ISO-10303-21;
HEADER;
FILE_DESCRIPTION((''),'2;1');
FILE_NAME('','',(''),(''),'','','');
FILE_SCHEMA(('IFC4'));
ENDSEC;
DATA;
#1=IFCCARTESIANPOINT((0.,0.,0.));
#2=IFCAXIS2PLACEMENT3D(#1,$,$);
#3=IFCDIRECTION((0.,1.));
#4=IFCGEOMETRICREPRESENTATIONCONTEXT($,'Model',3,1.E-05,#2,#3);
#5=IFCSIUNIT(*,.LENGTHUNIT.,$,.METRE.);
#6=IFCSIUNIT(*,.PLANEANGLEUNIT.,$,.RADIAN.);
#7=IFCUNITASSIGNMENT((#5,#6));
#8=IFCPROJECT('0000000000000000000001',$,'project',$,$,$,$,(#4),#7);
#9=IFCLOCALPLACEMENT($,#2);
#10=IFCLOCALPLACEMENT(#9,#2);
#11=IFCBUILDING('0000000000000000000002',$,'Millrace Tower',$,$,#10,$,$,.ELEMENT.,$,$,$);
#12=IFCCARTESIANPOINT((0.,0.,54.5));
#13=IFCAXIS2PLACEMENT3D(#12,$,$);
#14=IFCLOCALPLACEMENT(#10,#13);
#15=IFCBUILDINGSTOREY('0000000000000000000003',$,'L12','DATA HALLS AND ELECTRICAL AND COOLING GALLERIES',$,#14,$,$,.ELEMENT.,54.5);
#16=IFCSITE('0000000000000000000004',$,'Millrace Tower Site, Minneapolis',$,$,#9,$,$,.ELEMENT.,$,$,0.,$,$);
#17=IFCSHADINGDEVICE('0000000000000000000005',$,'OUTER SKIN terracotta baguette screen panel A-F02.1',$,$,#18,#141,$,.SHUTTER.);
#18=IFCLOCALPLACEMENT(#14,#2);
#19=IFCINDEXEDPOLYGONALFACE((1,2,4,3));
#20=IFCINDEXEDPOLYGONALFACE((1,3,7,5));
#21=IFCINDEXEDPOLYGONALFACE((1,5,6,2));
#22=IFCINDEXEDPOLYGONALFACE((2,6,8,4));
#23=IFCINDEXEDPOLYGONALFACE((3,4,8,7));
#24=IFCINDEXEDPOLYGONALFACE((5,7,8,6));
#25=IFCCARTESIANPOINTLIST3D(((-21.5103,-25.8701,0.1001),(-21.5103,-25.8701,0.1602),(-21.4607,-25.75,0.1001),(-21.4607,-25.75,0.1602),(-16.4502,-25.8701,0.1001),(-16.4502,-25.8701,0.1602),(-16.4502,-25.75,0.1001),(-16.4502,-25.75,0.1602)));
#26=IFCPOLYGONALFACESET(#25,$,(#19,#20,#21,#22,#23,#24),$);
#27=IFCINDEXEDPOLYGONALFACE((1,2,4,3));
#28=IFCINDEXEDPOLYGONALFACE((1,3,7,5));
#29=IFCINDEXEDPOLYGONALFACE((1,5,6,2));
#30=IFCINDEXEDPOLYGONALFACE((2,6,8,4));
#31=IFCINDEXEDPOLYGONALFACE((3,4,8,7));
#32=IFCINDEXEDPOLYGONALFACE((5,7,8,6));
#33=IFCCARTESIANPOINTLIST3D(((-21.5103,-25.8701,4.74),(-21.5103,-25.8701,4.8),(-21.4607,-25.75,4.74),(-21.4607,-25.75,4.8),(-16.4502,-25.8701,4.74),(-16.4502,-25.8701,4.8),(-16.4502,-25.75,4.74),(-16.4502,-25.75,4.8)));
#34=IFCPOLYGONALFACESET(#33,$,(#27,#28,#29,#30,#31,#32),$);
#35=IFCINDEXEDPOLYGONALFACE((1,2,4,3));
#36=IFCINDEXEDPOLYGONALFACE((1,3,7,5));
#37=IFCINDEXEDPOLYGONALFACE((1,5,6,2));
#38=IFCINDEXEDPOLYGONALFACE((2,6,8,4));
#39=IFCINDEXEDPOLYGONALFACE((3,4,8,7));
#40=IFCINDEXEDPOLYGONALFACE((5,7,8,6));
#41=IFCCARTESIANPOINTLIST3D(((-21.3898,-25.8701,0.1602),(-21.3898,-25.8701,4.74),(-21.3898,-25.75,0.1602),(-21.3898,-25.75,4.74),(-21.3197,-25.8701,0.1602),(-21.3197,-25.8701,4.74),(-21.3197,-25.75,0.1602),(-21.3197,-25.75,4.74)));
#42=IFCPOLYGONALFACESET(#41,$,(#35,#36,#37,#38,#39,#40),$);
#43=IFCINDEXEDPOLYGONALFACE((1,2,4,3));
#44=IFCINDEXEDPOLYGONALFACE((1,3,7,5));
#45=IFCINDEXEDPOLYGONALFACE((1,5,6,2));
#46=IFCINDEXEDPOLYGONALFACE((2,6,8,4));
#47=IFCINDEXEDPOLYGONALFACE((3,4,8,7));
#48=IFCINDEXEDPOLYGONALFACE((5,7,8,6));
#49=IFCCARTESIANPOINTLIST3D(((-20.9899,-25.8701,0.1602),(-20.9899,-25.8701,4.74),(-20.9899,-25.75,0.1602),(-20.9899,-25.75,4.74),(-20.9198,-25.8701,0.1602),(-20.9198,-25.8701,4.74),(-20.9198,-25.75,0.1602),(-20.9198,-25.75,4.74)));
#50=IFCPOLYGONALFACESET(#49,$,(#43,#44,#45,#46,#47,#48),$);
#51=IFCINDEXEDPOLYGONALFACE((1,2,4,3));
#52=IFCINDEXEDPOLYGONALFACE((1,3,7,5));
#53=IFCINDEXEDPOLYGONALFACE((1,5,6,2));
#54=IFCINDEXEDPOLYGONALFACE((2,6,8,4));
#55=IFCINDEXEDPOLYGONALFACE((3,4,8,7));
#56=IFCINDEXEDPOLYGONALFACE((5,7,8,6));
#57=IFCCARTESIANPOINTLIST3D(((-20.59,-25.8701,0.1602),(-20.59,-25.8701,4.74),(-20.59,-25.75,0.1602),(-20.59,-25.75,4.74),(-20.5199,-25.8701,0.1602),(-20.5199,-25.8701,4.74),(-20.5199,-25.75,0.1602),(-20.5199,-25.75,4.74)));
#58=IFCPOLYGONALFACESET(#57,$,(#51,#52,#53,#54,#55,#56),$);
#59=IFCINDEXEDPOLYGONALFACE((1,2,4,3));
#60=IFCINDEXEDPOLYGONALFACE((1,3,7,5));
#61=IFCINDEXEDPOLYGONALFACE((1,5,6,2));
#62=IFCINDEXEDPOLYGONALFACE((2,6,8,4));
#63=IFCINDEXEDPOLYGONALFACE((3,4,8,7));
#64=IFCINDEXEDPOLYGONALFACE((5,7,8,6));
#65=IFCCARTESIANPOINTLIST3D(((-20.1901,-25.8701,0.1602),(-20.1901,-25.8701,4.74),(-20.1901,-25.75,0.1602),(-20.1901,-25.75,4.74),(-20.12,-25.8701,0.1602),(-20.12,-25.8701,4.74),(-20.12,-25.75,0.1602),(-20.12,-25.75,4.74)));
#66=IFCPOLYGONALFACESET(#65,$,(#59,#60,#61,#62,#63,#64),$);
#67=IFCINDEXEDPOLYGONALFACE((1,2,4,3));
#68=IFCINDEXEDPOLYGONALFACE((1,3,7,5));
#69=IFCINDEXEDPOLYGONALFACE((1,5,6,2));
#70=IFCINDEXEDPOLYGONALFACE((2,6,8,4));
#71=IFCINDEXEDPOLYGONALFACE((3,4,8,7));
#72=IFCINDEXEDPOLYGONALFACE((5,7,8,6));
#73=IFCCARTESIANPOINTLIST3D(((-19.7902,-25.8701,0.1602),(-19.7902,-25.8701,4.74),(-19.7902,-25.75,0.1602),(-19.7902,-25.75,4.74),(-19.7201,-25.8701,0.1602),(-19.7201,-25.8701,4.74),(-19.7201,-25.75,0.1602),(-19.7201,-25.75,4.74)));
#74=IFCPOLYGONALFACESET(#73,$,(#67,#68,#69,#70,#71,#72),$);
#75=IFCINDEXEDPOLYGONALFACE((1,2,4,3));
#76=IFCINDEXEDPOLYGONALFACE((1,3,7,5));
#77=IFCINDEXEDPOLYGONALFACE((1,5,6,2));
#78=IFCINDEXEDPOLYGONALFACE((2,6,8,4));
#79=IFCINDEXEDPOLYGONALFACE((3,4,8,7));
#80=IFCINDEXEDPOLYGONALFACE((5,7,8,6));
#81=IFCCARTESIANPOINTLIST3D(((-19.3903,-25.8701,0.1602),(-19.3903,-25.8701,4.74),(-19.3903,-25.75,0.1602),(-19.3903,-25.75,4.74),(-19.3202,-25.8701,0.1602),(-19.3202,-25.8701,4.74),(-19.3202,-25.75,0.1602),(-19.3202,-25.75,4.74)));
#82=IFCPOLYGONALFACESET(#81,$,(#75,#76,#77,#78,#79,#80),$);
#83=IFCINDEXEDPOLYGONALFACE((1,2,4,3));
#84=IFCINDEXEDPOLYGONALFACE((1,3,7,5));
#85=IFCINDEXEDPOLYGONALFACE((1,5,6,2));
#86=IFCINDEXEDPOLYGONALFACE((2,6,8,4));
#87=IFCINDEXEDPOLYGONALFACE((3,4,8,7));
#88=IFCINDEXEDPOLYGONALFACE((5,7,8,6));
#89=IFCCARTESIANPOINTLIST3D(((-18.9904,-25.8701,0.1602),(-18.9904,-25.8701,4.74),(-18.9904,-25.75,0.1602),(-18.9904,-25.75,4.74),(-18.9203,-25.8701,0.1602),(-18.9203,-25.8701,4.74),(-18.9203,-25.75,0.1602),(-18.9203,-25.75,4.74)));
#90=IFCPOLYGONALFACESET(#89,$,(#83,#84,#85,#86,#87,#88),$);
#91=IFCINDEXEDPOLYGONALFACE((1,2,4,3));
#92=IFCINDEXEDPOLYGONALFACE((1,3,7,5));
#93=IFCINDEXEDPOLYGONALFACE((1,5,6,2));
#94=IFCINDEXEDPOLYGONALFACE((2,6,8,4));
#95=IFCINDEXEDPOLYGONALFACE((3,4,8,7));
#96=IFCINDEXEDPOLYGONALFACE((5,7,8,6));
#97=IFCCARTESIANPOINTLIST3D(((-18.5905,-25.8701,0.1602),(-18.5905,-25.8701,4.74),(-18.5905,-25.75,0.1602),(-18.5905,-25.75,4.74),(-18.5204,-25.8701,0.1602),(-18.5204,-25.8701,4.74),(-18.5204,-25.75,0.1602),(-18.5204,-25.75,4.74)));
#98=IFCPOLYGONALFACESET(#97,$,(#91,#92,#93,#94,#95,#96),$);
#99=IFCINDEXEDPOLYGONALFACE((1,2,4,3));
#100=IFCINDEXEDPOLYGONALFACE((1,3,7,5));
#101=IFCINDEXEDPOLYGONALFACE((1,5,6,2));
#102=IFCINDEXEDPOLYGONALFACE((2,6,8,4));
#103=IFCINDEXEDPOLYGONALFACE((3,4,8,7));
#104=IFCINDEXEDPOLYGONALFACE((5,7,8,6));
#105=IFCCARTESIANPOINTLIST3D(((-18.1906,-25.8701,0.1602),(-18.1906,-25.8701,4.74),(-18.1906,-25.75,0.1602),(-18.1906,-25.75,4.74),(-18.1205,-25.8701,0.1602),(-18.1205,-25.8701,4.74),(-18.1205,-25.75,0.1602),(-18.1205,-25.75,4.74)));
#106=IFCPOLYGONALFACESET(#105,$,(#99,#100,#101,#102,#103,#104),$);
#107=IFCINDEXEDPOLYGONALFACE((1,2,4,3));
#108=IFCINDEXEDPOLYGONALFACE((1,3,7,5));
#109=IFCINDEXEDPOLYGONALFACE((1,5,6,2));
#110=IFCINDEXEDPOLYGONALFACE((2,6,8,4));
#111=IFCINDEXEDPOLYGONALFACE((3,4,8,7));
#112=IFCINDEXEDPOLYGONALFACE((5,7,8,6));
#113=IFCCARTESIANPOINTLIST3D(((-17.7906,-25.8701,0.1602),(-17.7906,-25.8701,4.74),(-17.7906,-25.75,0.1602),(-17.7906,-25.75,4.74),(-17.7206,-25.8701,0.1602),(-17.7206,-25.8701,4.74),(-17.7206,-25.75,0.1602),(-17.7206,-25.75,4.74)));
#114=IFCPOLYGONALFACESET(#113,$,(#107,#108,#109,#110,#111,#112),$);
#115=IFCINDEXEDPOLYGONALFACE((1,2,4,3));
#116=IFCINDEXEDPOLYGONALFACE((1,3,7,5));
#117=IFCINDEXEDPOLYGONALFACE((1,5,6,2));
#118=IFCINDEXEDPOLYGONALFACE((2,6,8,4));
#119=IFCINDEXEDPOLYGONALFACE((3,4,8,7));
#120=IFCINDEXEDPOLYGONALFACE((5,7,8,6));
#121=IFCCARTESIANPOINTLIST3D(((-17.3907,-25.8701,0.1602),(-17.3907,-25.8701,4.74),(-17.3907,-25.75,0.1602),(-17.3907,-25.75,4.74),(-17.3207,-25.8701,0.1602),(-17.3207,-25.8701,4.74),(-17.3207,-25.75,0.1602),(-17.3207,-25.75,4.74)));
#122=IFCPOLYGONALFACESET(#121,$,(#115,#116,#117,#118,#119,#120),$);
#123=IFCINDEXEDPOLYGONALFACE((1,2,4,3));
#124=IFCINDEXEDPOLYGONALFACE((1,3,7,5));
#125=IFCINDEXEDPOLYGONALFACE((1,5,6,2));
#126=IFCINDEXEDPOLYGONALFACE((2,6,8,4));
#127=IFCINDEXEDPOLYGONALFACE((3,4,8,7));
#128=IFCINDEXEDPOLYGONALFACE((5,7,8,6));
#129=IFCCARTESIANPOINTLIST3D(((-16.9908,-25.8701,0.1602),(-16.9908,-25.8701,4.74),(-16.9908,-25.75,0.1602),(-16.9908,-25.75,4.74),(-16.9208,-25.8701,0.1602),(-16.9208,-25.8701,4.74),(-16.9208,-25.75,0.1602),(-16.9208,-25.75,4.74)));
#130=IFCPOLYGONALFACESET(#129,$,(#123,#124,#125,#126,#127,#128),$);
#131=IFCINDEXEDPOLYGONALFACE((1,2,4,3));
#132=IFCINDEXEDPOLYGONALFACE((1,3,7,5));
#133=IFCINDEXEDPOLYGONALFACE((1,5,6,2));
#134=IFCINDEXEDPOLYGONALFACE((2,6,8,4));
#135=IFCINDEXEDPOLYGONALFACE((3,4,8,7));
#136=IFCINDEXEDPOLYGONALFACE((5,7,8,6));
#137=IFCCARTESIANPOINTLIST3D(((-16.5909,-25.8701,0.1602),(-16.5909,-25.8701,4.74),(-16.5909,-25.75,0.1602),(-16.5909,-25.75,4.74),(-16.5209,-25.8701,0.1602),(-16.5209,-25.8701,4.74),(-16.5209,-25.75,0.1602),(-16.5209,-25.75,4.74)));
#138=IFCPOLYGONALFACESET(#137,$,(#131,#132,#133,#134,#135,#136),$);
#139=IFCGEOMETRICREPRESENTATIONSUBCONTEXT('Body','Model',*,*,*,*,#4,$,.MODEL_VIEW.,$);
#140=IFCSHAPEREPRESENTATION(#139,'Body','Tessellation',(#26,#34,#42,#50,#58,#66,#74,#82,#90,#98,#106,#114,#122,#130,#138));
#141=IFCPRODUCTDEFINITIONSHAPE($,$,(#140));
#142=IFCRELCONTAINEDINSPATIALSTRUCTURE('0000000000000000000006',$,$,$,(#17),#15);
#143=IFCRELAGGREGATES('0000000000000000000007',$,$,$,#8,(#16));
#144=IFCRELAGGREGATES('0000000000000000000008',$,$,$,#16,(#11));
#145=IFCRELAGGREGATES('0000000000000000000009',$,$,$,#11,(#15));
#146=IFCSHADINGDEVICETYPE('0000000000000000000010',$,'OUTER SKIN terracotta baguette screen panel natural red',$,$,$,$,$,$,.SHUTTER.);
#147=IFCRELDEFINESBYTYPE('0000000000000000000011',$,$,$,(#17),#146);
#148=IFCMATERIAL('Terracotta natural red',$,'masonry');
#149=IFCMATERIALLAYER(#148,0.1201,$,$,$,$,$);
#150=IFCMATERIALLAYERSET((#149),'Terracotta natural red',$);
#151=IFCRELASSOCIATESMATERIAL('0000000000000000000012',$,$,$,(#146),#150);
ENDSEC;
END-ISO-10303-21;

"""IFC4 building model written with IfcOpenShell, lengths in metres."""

from ifc_helpers import new_model, entity, si_unit, direction, frame, frame_2d, origin, place, context, subcontext, project, spatial, rectangle, extrude, source, transform, mapped, material, layer, layer_set, type_object, element, save


model = new_model("IFC4")

# Units and contexts
model_context = context("Model", 3, precision=1e-05, world=origin(), true_north=direction((0.0, 1.0)))
body_context = subcontext(model_context, "Body", "Model", "MODEL_VIEW")
ifc_project = project(units=[si_unit("LENGTHUNIT", "METRE"), si_unit("PLANEANGLEUNIT", "RADIAN")], contexts=[model_context])

# Site, building, storey
site_placement = place(None, origin())
site = spatial("IfcSite", under=ifc_project, at=site_placement, Name="Millrace Tower Site, Minneapolis", CompositionType="ELEMENT", RefElevation=0.0)
building_placement = place(site_placement, origin())
building = spatial("IfcBuilding", under=site, at=building_placement, Name="Millrace Tower", CompositionType="ELEMENT")
storey_placement = place(building_placement, frame((0.0, 0.0, 54.5)))
storey = spatial("IfcBuildingStorey", under=building, at=storey_placement, Name="L12", Description="DATA HALLS AND ELECTRICAL AND COOLING GALLERIES", CompositionType="ELEMENT", Elevation=54.5)

# Shading device
ifc_material_1 = material(Name="Terracotta natural red", Category="masonry")
ifc_layer_1 = layer(ifc_material_1, 0.1201)
ifc_layer_set_1 = layer_set([ifc_layer_1], Name="Terracotta natural red")
shading_device_type_1 = type_object("IfcShadingDeviceType", Name="OUTER SKIN terracotta baguette screen panel natural red", PredefinedType="SHUTTER", material=ifc_layer_set_1)
cartesian_point_1 = entity("IfcCartesianPoint", [-2.4929, 0.0601])
shared_polyline_1 = entity("IfcPolyline", [cartesian_point_1, entity("IfcCartesianPoint", [2.5176, 0.0601]), entity("IfcCartesianPoint", [2.5176, -0.0601]), entity("IfcCartesianPoint", [-2.5425, -0.0601]), cartesian_point_1])
shared_shape_1 = source(origin(), body_context, "Body", "SweptSolid", [
    entity("IfcExtrudedAreaSolid", entity("IfcArbitraryClosedProfileDef", "AREA", None, shared_polyline_1), entity("IfcAxis2Placement3D", entity("IfcCartesianPoint", [0.0, 0.0, 0.0])), entity("IfcDirection", [0.0, 0.0, 1.0]), 0.0601),
    entity("IfcExtrudedAreaSolid", entity("IfcArbitraryClosedProfileDef", "AREA", None, shared_polyline_1), entity("IfcAxis2Placement3D", entity("IfcCartesianPoint", [0.0, 0.0, 4.6399])), entity("IfcDirection", [0.0, 0.0, 1.0]), 0.0601),
    extrude(rectangle(XDim=0.0701, YDim=0.1201, at=frame_2d((-2.387, 0.0))), frame((0.0, 0.0, 0.0601)), (0.0, 0.0, 1.0), 4.5798),
    extrude(rectangle(XDim=0.0701, YDim=0.1201, at=frame_2d((-1.9871, 0.0))), frame((0.0, 0.0, 0.0601)), (0.0, 0.0, 1.0), 4.5798),
    extrude(rectangle(XDim=0.0701, YDim=0.1201, at=frame_2d((-1.5872, 0.0))), frame((0.0, 0.0, 0.0601)), (0.0, 0.0, 1.0), 4.5798),
    extrude(rectangle(XDim=0.0701, YDim=0.1201, at=frame_2d((-1.1873, 0.0))), frame((0.0, 0.0, 0.0601)), (0.0, 0.0, 1.0), 4.5798),
    extrude(rectangle(XDim=0.0701, YDim=0.1201, at=frame_2d((-0.7874, 0.0))), frame((0.0, 0.0, 0.0601)), (0.0, 0.0, 1.0), 4.5798),
    extrude(rectangle(XDim=0.0701, YDim=0.1201, at=frame_2d((-0.3875, 0.0))), frame((0.0, 0.0, 0.0601)), (0.0, 0.0, 1.0), 4.5798),
    extrude(rectangle(XDim=0.0701, YDim=0.1201, at=frame_2d((0.0125, 0.0))), frame((0.0, 0.0, 0.0601)), (0.0, 0.0, 1.0), 4.5798),
    extrude(rectangle(XDim=0.0701, YDim=0.1201, at=frame_2d((0.4124, 0.0))), frame((0.0, 0.0, 0.0601)), (0.0, 0.0, 1.0), 4.5798),
    extrude(rectangle(XDim=0.0701, YDim=0.1201, at=frame_2d((0.8123, 0.0))), frame((0.0, 0.0, 0.0601)), (0.0, 0.0, 1.0), 4.5798),
    extrude(rectangle(XDim=0.0701, YDim=0.1201, at=frame_2d((1.2122, 0.0))), frame((0.0, 0.0, 0.0601)), (0.0, 0.0, 1.0), 4.5798),
    extrude(rectangle(XDim=0.0701, YDim=0.1201, at=frame_2d((1.6121, 0.0))), frame((0.0, 0.0, 0.0601)), (0.0, 0.0, 1.0), 4.5798),
    extrude(rectangle(XDim=0.0701, YDim=0.1201, at=frame_2d((2.012, 0.0))), frame((0.0, 0.0, 0.0601)), (0.0, 0.0, 1.0), 4.5798),
    extrude(rectangle(XDim=0.0701, YDim=0.1201, at=frame_2d((2.4119, 0.0))), frame((0.0, 0.0, 0.0601)), (0.0, 0.0, 1.0), 4.5798),
])
shading_device_1_placement = place(storey_placement, frame((-18.9678, -25.8101, 0.1001), z_axis=(0.0, 0.0, 1.0), x_axis=(1.0, 0.0, 0.0)))
element("IfcShadingDevice", 1, at=shading_device_1_placement, inside=storey, type_object=shading_device_type_1, Name="OUTER SKIN terracotta baguette screen panel A-F02.1", PredefinedType="SHUTTER", context=body_context, shape_type="MappedRepresentation", body=[
    mapped(shared_shape_1, transform((0.0, 0.0, 0.0), scale=1.0)),
])

save(model, "model.ifc")
